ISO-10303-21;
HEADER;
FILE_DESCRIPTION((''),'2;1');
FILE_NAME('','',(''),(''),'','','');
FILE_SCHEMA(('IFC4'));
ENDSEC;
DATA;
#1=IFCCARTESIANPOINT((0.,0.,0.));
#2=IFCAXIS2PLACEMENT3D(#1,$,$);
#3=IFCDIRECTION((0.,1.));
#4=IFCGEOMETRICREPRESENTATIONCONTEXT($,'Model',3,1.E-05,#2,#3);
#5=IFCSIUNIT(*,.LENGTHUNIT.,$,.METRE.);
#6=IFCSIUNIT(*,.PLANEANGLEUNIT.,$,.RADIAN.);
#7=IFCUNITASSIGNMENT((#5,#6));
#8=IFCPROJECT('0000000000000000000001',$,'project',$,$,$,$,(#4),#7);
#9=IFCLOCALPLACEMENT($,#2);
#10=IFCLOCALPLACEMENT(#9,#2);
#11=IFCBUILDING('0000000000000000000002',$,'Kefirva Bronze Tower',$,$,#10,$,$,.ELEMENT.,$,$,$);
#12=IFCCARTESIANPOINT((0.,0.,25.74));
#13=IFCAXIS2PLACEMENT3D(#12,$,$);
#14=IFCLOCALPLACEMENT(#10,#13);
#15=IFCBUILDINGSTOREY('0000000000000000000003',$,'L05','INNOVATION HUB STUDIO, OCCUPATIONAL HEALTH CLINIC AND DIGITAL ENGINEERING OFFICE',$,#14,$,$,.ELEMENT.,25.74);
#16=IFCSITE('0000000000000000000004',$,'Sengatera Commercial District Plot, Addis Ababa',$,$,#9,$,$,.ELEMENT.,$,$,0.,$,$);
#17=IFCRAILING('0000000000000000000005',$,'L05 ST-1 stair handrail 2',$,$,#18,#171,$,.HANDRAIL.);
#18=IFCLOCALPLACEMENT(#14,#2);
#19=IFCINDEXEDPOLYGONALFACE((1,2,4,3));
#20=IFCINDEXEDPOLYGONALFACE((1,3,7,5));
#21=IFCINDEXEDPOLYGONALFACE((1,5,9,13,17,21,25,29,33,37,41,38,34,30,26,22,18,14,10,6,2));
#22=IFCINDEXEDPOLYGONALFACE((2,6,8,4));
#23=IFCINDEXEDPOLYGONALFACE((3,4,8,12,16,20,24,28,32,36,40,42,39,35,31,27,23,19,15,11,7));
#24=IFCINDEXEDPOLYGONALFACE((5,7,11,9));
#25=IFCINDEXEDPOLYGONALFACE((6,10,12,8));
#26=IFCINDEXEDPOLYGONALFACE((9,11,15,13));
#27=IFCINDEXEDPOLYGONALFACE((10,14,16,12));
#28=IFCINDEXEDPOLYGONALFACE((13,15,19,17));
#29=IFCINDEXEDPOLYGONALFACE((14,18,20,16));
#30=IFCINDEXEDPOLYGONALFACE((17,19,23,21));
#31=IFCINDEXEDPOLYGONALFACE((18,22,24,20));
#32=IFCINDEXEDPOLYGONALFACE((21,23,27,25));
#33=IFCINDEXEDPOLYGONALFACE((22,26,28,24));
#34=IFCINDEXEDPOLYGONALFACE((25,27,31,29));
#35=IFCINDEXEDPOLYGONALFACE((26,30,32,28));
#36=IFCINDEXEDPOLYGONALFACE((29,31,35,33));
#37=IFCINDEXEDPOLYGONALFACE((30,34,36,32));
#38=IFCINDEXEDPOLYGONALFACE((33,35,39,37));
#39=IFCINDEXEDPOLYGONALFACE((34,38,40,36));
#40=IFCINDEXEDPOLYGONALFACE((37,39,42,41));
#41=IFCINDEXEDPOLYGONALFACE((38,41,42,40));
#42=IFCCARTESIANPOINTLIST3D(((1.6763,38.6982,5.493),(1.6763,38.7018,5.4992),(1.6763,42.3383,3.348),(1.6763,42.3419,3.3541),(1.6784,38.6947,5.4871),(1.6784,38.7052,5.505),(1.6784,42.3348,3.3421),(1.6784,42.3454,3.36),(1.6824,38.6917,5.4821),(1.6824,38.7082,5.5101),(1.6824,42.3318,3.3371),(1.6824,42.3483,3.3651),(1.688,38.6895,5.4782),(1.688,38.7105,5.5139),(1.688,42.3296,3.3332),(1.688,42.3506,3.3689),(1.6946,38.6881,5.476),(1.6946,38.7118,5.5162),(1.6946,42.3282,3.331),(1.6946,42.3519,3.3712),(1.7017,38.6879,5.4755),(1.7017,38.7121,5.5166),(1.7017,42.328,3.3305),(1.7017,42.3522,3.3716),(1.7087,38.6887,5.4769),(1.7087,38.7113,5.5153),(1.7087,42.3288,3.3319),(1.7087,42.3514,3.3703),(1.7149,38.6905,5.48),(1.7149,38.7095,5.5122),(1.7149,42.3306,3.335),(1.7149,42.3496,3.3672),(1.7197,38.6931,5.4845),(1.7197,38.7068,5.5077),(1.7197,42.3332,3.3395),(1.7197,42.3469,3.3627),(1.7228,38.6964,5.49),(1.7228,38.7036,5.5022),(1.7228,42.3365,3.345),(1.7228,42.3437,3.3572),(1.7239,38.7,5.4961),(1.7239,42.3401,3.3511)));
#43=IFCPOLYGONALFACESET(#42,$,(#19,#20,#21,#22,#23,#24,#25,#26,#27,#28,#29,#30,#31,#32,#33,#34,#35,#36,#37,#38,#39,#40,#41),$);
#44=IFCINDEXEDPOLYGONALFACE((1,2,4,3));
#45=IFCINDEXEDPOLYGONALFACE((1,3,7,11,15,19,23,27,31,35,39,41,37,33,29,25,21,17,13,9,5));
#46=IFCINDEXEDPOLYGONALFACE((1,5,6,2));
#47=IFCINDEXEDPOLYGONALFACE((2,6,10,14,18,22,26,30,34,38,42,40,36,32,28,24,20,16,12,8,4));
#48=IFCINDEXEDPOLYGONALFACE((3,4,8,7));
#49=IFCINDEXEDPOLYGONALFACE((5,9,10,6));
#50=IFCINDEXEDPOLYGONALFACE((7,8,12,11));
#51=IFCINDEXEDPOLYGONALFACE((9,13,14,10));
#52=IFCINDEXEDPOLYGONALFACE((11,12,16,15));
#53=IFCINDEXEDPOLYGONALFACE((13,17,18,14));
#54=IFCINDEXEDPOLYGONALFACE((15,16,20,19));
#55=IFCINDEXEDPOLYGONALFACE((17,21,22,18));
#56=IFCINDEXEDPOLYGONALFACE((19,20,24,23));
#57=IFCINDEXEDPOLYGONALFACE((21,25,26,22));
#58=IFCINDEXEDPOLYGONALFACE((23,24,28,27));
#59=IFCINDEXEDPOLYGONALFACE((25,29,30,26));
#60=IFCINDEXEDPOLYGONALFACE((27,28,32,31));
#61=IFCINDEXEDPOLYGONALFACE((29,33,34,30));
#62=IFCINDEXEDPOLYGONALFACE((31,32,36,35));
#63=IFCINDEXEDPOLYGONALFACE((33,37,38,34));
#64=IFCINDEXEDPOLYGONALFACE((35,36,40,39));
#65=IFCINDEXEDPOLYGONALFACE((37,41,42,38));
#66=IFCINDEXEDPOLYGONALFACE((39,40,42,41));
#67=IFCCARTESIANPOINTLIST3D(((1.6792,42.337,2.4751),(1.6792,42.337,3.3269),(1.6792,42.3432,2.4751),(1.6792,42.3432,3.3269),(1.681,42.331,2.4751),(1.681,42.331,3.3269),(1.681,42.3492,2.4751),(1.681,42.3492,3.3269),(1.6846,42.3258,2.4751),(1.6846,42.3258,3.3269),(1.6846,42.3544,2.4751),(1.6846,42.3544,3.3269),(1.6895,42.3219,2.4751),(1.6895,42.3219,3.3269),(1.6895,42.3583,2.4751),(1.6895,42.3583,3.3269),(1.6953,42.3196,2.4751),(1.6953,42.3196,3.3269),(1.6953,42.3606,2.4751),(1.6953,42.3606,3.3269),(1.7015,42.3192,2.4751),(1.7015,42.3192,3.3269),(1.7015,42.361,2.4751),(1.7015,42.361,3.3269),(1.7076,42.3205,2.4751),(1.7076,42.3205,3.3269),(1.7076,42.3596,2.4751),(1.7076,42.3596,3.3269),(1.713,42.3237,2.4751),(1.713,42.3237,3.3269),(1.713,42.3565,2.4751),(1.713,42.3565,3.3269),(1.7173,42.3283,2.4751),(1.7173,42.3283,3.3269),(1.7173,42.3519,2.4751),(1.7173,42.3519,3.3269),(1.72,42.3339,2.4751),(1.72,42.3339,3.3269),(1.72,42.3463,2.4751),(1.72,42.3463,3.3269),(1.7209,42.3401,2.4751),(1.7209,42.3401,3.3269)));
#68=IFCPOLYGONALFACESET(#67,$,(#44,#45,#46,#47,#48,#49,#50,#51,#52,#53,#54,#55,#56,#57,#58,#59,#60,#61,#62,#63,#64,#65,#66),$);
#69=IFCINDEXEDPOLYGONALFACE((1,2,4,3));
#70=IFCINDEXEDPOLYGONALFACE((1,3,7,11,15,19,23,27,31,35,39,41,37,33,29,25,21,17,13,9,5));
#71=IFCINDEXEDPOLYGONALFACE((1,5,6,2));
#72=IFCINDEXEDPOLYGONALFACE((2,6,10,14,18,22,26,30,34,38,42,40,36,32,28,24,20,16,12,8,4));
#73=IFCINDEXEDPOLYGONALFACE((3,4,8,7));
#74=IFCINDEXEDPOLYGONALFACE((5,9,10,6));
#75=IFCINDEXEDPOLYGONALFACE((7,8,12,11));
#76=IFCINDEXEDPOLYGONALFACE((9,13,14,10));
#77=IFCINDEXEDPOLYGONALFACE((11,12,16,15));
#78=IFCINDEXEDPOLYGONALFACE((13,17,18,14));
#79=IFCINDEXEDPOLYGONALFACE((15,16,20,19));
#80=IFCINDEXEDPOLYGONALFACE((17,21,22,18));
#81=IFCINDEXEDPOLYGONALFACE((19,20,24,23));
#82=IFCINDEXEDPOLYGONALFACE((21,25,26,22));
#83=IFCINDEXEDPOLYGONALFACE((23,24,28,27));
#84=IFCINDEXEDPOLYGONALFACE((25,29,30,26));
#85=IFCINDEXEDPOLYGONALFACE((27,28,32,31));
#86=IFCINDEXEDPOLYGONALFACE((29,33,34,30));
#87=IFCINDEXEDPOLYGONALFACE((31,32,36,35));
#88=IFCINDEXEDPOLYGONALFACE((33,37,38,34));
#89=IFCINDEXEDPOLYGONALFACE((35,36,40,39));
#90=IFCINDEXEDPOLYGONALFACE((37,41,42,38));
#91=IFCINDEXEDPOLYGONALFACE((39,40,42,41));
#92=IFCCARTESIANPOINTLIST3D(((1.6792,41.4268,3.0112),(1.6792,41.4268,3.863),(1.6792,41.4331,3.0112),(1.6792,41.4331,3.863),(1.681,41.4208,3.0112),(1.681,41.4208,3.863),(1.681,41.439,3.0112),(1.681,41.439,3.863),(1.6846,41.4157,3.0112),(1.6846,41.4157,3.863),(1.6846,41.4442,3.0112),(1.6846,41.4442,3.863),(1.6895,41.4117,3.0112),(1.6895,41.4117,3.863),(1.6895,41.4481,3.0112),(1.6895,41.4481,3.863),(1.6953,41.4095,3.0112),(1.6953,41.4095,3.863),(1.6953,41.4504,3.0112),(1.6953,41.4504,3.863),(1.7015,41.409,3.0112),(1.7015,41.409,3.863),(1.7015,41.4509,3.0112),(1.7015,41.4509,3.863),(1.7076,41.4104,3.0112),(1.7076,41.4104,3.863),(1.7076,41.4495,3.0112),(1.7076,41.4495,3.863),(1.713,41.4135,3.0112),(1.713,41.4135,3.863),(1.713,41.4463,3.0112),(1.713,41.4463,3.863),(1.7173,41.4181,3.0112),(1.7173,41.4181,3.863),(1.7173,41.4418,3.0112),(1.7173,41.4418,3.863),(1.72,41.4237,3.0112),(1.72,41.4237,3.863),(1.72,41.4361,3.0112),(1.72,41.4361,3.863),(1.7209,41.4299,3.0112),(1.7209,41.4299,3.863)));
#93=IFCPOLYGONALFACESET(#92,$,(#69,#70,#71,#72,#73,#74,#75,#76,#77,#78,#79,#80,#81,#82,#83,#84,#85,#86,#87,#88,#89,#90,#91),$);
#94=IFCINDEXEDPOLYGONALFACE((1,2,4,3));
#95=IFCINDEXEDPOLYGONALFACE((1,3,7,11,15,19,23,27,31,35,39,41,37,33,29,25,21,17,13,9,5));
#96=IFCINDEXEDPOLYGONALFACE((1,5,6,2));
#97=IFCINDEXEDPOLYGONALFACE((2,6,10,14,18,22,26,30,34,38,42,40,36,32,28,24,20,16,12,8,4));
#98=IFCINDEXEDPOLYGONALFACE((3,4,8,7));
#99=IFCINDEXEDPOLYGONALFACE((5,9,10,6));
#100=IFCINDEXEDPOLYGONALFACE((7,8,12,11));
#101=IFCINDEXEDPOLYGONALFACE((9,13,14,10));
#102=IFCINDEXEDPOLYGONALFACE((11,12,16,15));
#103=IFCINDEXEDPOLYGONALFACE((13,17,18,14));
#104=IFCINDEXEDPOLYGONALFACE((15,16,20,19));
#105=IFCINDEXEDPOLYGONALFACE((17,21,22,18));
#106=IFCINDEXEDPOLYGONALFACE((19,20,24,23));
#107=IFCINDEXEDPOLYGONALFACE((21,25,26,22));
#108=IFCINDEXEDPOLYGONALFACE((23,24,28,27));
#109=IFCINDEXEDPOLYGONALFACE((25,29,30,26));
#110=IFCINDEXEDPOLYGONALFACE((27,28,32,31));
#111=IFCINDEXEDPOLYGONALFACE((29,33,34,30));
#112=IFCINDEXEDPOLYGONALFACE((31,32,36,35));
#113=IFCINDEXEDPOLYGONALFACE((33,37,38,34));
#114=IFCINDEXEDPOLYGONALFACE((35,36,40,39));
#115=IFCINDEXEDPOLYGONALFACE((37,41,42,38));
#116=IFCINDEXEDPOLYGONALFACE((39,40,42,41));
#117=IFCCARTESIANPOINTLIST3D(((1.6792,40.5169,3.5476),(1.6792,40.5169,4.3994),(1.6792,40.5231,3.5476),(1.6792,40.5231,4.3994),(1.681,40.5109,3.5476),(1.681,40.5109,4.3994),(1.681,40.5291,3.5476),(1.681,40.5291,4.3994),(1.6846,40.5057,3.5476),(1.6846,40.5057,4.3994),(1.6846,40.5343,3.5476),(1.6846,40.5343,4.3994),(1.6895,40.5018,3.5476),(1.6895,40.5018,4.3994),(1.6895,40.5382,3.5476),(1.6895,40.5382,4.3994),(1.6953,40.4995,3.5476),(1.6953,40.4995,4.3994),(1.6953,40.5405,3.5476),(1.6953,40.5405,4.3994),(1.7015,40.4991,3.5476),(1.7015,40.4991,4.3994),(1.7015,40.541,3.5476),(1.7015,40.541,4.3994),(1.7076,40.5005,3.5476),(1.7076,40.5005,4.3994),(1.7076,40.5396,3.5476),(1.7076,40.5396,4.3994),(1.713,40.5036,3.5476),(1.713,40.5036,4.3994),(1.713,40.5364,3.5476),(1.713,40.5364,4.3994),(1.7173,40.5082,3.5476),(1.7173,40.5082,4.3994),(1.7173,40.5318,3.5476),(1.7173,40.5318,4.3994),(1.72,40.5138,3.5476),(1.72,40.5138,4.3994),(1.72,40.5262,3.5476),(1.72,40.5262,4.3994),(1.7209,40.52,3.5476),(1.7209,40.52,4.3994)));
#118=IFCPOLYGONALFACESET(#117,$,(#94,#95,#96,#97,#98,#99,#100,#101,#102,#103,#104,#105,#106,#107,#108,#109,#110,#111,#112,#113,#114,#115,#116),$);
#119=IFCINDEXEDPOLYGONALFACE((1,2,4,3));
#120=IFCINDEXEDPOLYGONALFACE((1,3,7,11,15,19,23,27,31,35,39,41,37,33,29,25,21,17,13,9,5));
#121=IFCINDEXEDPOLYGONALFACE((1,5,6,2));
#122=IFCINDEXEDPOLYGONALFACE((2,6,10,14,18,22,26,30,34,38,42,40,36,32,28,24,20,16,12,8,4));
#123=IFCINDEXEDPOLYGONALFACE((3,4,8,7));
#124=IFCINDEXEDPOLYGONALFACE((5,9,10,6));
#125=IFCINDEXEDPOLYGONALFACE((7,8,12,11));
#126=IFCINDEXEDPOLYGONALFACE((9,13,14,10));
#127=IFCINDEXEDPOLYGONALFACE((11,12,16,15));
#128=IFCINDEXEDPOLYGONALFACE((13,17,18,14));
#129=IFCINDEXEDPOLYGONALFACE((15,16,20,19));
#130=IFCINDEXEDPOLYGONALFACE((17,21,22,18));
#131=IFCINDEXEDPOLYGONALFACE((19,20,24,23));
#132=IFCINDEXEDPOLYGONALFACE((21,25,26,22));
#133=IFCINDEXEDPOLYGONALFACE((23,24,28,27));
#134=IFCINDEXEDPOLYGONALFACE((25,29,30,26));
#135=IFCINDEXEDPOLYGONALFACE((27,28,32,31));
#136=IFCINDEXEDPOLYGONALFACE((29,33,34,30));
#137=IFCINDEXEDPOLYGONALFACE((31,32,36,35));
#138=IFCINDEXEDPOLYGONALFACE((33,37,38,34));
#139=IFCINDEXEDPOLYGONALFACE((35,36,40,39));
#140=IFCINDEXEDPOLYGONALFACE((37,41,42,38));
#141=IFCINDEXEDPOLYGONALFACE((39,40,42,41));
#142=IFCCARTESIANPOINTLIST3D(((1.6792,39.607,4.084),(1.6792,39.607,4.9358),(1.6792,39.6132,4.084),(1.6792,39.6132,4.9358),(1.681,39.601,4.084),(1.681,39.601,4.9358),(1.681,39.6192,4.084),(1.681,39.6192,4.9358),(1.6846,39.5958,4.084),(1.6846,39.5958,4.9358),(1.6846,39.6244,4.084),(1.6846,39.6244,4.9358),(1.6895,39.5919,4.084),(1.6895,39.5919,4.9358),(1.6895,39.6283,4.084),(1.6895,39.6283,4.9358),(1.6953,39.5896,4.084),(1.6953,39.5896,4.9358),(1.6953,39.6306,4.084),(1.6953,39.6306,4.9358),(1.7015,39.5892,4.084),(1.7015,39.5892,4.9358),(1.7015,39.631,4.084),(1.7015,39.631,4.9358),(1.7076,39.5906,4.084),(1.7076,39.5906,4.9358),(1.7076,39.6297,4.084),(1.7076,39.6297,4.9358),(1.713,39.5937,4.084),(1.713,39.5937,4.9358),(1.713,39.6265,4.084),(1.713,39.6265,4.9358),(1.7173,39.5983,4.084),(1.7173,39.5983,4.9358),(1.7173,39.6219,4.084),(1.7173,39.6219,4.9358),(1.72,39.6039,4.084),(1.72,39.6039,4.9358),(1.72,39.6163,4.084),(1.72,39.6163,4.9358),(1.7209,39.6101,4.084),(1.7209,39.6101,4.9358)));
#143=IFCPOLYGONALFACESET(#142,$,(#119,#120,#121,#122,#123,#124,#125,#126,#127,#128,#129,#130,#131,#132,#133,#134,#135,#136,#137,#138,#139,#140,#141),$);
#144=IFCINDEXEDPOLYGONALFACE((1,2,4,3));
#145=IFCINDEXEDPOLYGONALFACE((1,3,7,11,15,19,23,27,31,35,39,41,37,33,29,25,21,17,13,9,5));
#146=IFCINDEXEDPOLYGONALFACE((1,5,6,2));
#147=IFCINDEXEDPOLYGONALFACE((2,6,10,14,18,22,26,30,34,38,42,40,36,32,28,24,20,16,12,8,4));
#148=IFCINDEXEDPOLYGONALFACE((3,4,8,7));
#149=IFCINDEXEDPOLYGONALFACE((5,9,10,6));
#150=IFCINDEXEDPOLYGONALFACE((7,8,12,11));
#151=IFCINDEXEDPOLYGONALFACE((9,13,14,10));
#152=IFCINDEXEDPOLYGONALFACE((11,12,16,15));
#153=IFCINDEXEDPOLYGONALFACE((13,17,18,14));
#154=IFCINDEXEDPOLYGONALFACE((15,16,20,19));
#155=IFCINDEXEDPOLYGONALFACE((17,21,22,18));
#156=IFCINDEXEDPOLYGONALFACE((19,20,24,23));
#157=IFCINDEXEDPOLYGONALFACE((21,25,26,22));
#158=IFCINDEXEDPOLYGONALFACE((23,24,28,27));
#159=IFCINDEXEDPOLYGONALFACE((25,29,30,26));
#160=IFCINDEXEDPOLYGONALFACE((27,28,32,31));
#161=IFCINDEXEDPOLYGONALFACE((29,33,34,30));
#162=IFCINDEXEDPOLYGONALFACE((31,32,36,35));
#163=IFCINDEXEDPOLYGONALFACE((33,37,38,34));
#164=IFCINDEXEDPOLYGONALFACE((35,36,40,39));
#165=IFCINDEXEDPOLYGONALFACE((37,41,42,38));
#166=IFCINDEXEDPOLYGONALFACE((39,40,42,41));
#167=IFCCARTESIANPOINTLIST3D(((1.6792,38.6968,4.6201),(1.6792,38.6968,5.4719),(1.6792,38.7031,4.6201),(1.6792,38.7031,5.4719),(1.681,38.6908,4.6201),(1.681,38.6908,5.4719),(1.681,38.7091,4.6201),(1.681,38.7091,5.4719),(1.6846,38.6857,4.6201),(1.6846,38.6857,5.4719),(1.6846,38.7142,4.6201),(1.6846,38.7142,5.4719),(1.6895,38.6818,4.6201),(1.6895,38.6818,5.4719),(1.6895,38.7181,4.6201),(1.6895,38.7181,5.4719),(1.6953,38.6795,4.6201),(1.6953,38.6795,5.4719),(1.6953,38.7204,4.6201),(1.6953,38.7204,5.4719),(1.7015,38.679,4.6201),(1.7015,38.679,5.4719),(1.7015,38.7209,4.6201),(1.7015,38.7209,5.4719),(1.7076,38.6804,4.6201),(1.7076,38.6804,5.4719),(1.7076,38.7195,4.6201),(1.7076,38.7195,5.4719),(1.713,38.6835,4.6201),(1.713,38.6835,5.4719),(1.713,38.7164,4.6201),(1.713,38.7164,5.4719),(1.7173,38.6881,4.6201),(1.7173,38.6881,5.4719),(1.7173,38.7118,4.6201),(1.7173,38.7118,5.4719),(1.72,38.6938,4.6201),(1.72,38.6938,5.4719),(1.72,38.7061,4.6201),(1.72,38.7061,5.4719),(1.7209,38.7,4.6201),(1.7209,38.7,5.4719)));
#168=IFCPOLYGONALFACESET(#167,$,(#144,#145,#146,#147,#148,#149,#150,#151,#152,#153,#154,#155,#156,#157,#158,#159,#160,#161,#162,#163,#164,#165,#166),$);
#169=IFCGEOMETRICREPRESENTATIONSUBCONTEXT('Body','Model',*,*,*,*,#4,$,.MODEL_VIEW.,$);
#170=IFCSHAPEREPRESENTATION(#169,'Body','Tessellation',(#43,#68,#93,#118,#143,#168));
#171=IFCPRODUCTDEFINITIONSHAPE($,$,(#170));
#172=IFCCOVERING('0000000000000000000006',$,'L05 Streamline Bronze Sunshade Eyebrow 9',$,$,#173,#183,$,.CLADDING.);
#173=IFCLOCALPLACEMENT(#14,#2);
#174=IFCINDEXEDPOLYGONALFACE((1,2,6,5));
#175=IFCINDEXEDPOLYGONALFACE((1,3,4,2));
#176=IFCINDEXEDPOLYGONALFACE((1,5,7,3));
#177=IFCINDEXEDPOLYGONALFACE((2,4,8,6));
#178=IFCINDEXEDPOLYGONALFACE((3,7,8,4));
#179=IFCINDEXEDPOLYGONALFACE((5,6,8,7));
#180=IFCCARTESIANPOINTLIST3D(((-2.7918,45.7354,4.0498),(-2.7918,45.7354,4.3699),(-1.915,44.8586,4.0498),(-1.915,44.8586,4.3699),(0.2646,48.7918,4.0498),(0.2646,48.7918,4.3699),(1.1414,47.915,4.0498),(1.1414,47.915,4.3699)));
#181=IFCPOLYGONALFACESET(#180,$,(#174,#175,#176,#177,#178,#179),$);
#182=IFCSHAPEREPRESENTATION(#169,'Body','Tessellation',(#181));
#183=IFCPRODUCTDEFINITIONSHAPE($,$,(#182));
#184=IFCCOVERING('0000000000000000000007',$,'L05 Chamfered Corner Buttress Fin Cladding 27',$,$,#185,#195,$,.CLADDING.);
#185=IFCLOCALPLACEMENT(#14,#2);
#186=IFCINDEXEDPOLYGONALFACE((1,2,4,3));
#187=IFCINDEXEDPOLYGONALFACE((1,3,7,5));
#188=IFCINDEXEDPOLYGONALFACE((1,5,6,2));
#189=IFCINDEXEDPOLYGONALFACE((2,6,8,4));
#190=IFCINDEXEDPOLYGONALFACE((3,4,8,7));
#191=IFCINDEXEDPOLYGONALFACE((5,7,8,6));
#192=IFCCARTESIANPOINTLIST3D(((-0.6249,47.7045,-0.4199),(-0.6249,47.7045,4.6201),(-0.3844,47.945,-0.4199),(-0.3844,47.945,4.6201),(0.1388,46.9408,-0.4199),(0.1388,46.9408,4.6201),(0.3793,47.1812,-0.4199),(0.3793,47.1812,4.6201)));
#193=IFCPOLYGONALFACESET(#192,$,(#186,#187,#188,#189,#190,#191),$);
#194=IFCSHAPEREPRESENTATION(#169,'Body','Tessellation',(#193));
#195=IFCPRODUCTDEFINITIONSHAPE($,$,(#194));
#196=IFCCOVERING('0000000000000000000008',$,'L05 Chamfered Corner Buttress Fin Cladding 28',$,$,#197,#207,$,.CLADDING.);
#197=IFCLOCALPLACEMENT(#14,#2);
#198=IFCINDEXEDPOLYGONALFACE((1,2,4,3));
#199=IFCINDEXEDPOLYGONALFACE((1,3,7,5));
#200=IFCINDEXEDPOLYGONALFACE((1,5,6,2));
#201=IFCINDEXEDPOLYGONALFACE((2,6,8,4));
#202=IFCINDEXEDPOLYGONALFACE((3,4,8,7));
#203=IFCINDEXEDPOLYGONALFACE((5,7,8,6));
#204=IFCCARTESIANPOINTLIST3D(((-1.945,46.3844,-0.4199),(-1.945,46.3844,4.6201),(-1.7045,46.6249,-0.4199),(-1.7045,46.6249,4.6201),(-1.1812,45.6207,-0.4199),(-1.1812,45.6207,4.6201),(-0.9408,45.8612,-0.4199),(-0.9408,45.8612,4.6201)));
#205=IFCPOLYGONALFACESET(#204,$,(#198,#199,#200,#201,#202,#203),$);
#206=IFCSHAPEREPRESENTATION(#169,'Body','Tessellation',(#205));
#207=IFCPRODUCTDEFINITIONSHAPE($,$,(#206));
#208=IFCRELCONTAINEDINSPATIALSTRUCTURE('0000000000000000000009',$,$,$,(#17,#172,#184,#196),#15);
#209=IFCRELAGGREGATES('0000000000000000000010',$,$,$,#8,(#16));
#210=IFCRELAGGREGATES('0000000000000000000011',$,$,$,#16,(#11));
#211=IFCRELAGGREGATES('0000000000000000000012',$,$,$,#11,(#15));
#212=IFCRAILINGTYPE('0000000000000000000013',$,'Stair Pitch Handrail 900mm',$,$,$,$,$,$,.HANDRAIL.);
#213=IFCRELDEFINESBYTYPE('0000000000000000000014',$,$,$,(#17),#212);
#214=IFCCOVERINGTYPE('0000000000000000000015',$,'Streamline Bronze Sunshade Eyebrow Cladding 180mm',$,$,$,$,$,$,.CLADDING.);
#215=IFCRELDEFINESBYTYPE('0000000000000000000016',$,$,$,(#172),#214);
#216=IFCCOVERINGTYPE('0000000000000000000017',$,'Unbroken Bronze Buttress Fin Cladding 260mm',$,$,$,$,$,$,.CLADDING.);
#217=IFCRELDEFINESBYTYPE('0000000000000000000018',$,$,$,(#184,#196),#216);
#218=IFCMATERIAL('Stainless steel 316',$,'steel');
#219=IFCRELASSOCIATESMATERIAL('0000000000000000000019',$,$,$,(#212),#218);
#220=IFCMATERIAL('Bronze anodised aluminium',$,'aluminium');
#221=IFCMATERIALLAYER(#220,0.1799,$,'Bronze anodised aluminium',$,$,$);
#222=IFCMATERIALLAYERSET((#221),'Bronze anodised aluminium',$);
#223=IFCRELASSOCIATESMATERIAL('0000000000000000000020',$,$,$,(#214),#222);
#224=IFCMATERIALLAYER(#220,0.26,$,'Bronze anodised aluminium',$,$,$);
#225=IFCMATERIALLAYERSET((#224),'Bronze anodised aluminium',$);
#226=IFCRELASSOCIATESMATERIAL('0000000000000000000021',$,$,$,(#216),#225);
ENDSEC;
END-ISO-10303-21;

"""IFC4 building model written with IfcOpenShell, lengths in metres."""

from ifc_helpers import new_model, si_unit, direction, frame, origin, origin_2d, place, context, subcontext, project, spatial, rectangle, circle, extrude, material, layer, layer_set, type_object, element, save


model = new_model("IFC4")

# Units and contexts
model_context = context("Model", 3, precision=1e-05, world=origin(), true_north=direction((0.0, 1.0)))
body_context = subcontext(model_context, "Body", "Model", "MODEL_VIEW")
ifc_project = project(units=[si_unit("LENGTHUNIT", "METRE"), si_unit("PLANEANGLEUNIT", "RADIAN")], contexts=[model_context])

# Site, building, storey
site_placement = place(None, origin())
site = spatial("IfcSite", under=ifc_project, at=site_placement, Name="Sengatera Commercial District Plot, Addis Ababa", CompositionType="ELEMENT", RefElevation=0.0)
building_placement = place(site_placement, origin())
building = spatial("IfcBuilding", under=site, at=building_placement, Name="Kefirva Bronze Tower", CompositionType="ELEMENT")
storey_placement = place(building_placement, frame((0.0, 0.0, 25.74)))
storey = spatial("IfcBuildingStorey", under=building, at=storey_placement, Name="L05", Description="INNOVATION HUB STUDIO, OCCUPATIONAL HEALTH CLINIC AND DIGITAL ENGINEERING OFFICE", CompositionType="ELEMENT", Elevation=25.74)

# Shared definitions
ifc_material_1 = material(Name="Bronze anodised aluminium", Category="aluminium")

# Shared definitions
ifc_material_2 = material(Name="Stainless steel 316", Category="steel")

# Railing
railing_type_1 = type_object("IfcRailingType", Name="Stair Pitch Handrail 900mm", PredefinedType="HANDRAIL", material=ifc_material_2)
railing_1_placement = place(storey_placement, frame((1.7, 42.3401, 2.4751)))
element("IfcRailing", 1, at=railing_1_placement, inside=storey, type_object=railing_type_1, Name="L05 ST-1 stair handrail 2", PredefinedType="HANDRAIL", context=body_context, shape_type="SweptSolid", body=[
    extrude(circle(Radius=0.0239, at=origin_2d()), frame((0.0, 0.0, 0.876), z_axis=(0.0, -0.861545, 0.507682), x_axis=(1.0, 0.0, 0.0)), (0.0, 0.0, 1.0), 4.2251),
    extrude(circle(Radius=0.021, at=origin_2d()), origin(), (0.0, 0.0, 1.0), 0.8518),
    extrude(circle(Radius=0.021, at=origin_2d()), frame((0.0, -0.9102, 0.5361)), (0.0, 0.0, 1.0), 0.8518),
    extrude(circle(Radius=0.021, at=origin_2d()), frame((0.0, -1.8201, 1.0725)), (0.0, 0.0, 1.0), 0.8518),
    extrude(circle(Radius=0.021, at=origin_2d()), frame((0.0, -2.73, 1.6089)), (0.0, 0.0, 1.0), 0.8518),
    extrude(circle(Radius=0.021, at=origin_2d()), frame((0.0, -3.6401, 2.145)), (0.0, 0.0, 1.0), 0.8518),
])

# Coverings
ifc_layer_1 = layer(ifc_material_1, 0.1799, Name="Bronze anodised aluminium")
ifc_layer_set_1 = layer_set([ifc_layer_1], Name="Bronze anodised aluminium")
covering_type_1 = type_object("IfcCoveringType", Name="Streamline Bronze Sunshade Eyebrow Cladding 180mm", PredefinedType="CLADDING", material=ifc_layer_set_1)
covering_1_placement = place(storey_placement, frame((-0.8252, 46.8252, 4.0498), z_axis=(0.0, 0.0, 1.0), x_axis=(-0.707107, -0.707107, 0.0)))
element("IfcCovering", 2, at=covering_1_placement, inside=storey, type_object=covering_type_1, Name="L05 Streamline Bronze Sunshade Eyebrow 9", PredefinedType="CLADDING", context=body_context, shape_type="SweptSolid", body=[
    extrude(rectangle(XDim=4.3225, YDim=1.24, at=origin_2d()), origin(), (0.0, 0.0, 1.0), 0.3201),
])
ifc_layer_2 = layer(ifc_material_1, 0.26, Name="Bronze anodised aluminium")
ifc_layer_set_2 = layer_set([ifc_layer_2], Name="Bronze anodised aluminium")
covering_type_2 = type_object("IfcCoveringType", Name="Unbroken Bronze Buttress Fin Cladding 260mm", PredefinedType="CLADDING", material=ifc_layer_set_2)
for number, where, z_axis, x_axis, name in (
    (3, (-0.1228, 47.4429, -0.4199), (0.0, 0.0, 1.0), (-0.707107, -0.707107, 0.0), "L05 Chamfered Corner Buttress Fin Cladding 27"),
    (4, (-1.4429, 46.1228, -0.4199), (0.0, 0.0, 1.0), (-0.707107, -0.707107, 0.0), "L05 Chamfered Corner Buttress Fin Cladding 28"),
):
    element("IfcCovering", number, at=place(storey_placement, frame(where, z_axis=z_axis, x_axis=x_axis)), inside=storey, type_object=covering_type_2, Name=name, PredefinedType="CLADDING", context=body_context, shape_type="SweptSolid", body=[
        extrude(rectangle(XDim=0.3401, YDim=1.0801, at=origin_2d()), origin(), (0.0, 0.0, 1.0), 5.04),
    ])

save(model, "model.ifc")
